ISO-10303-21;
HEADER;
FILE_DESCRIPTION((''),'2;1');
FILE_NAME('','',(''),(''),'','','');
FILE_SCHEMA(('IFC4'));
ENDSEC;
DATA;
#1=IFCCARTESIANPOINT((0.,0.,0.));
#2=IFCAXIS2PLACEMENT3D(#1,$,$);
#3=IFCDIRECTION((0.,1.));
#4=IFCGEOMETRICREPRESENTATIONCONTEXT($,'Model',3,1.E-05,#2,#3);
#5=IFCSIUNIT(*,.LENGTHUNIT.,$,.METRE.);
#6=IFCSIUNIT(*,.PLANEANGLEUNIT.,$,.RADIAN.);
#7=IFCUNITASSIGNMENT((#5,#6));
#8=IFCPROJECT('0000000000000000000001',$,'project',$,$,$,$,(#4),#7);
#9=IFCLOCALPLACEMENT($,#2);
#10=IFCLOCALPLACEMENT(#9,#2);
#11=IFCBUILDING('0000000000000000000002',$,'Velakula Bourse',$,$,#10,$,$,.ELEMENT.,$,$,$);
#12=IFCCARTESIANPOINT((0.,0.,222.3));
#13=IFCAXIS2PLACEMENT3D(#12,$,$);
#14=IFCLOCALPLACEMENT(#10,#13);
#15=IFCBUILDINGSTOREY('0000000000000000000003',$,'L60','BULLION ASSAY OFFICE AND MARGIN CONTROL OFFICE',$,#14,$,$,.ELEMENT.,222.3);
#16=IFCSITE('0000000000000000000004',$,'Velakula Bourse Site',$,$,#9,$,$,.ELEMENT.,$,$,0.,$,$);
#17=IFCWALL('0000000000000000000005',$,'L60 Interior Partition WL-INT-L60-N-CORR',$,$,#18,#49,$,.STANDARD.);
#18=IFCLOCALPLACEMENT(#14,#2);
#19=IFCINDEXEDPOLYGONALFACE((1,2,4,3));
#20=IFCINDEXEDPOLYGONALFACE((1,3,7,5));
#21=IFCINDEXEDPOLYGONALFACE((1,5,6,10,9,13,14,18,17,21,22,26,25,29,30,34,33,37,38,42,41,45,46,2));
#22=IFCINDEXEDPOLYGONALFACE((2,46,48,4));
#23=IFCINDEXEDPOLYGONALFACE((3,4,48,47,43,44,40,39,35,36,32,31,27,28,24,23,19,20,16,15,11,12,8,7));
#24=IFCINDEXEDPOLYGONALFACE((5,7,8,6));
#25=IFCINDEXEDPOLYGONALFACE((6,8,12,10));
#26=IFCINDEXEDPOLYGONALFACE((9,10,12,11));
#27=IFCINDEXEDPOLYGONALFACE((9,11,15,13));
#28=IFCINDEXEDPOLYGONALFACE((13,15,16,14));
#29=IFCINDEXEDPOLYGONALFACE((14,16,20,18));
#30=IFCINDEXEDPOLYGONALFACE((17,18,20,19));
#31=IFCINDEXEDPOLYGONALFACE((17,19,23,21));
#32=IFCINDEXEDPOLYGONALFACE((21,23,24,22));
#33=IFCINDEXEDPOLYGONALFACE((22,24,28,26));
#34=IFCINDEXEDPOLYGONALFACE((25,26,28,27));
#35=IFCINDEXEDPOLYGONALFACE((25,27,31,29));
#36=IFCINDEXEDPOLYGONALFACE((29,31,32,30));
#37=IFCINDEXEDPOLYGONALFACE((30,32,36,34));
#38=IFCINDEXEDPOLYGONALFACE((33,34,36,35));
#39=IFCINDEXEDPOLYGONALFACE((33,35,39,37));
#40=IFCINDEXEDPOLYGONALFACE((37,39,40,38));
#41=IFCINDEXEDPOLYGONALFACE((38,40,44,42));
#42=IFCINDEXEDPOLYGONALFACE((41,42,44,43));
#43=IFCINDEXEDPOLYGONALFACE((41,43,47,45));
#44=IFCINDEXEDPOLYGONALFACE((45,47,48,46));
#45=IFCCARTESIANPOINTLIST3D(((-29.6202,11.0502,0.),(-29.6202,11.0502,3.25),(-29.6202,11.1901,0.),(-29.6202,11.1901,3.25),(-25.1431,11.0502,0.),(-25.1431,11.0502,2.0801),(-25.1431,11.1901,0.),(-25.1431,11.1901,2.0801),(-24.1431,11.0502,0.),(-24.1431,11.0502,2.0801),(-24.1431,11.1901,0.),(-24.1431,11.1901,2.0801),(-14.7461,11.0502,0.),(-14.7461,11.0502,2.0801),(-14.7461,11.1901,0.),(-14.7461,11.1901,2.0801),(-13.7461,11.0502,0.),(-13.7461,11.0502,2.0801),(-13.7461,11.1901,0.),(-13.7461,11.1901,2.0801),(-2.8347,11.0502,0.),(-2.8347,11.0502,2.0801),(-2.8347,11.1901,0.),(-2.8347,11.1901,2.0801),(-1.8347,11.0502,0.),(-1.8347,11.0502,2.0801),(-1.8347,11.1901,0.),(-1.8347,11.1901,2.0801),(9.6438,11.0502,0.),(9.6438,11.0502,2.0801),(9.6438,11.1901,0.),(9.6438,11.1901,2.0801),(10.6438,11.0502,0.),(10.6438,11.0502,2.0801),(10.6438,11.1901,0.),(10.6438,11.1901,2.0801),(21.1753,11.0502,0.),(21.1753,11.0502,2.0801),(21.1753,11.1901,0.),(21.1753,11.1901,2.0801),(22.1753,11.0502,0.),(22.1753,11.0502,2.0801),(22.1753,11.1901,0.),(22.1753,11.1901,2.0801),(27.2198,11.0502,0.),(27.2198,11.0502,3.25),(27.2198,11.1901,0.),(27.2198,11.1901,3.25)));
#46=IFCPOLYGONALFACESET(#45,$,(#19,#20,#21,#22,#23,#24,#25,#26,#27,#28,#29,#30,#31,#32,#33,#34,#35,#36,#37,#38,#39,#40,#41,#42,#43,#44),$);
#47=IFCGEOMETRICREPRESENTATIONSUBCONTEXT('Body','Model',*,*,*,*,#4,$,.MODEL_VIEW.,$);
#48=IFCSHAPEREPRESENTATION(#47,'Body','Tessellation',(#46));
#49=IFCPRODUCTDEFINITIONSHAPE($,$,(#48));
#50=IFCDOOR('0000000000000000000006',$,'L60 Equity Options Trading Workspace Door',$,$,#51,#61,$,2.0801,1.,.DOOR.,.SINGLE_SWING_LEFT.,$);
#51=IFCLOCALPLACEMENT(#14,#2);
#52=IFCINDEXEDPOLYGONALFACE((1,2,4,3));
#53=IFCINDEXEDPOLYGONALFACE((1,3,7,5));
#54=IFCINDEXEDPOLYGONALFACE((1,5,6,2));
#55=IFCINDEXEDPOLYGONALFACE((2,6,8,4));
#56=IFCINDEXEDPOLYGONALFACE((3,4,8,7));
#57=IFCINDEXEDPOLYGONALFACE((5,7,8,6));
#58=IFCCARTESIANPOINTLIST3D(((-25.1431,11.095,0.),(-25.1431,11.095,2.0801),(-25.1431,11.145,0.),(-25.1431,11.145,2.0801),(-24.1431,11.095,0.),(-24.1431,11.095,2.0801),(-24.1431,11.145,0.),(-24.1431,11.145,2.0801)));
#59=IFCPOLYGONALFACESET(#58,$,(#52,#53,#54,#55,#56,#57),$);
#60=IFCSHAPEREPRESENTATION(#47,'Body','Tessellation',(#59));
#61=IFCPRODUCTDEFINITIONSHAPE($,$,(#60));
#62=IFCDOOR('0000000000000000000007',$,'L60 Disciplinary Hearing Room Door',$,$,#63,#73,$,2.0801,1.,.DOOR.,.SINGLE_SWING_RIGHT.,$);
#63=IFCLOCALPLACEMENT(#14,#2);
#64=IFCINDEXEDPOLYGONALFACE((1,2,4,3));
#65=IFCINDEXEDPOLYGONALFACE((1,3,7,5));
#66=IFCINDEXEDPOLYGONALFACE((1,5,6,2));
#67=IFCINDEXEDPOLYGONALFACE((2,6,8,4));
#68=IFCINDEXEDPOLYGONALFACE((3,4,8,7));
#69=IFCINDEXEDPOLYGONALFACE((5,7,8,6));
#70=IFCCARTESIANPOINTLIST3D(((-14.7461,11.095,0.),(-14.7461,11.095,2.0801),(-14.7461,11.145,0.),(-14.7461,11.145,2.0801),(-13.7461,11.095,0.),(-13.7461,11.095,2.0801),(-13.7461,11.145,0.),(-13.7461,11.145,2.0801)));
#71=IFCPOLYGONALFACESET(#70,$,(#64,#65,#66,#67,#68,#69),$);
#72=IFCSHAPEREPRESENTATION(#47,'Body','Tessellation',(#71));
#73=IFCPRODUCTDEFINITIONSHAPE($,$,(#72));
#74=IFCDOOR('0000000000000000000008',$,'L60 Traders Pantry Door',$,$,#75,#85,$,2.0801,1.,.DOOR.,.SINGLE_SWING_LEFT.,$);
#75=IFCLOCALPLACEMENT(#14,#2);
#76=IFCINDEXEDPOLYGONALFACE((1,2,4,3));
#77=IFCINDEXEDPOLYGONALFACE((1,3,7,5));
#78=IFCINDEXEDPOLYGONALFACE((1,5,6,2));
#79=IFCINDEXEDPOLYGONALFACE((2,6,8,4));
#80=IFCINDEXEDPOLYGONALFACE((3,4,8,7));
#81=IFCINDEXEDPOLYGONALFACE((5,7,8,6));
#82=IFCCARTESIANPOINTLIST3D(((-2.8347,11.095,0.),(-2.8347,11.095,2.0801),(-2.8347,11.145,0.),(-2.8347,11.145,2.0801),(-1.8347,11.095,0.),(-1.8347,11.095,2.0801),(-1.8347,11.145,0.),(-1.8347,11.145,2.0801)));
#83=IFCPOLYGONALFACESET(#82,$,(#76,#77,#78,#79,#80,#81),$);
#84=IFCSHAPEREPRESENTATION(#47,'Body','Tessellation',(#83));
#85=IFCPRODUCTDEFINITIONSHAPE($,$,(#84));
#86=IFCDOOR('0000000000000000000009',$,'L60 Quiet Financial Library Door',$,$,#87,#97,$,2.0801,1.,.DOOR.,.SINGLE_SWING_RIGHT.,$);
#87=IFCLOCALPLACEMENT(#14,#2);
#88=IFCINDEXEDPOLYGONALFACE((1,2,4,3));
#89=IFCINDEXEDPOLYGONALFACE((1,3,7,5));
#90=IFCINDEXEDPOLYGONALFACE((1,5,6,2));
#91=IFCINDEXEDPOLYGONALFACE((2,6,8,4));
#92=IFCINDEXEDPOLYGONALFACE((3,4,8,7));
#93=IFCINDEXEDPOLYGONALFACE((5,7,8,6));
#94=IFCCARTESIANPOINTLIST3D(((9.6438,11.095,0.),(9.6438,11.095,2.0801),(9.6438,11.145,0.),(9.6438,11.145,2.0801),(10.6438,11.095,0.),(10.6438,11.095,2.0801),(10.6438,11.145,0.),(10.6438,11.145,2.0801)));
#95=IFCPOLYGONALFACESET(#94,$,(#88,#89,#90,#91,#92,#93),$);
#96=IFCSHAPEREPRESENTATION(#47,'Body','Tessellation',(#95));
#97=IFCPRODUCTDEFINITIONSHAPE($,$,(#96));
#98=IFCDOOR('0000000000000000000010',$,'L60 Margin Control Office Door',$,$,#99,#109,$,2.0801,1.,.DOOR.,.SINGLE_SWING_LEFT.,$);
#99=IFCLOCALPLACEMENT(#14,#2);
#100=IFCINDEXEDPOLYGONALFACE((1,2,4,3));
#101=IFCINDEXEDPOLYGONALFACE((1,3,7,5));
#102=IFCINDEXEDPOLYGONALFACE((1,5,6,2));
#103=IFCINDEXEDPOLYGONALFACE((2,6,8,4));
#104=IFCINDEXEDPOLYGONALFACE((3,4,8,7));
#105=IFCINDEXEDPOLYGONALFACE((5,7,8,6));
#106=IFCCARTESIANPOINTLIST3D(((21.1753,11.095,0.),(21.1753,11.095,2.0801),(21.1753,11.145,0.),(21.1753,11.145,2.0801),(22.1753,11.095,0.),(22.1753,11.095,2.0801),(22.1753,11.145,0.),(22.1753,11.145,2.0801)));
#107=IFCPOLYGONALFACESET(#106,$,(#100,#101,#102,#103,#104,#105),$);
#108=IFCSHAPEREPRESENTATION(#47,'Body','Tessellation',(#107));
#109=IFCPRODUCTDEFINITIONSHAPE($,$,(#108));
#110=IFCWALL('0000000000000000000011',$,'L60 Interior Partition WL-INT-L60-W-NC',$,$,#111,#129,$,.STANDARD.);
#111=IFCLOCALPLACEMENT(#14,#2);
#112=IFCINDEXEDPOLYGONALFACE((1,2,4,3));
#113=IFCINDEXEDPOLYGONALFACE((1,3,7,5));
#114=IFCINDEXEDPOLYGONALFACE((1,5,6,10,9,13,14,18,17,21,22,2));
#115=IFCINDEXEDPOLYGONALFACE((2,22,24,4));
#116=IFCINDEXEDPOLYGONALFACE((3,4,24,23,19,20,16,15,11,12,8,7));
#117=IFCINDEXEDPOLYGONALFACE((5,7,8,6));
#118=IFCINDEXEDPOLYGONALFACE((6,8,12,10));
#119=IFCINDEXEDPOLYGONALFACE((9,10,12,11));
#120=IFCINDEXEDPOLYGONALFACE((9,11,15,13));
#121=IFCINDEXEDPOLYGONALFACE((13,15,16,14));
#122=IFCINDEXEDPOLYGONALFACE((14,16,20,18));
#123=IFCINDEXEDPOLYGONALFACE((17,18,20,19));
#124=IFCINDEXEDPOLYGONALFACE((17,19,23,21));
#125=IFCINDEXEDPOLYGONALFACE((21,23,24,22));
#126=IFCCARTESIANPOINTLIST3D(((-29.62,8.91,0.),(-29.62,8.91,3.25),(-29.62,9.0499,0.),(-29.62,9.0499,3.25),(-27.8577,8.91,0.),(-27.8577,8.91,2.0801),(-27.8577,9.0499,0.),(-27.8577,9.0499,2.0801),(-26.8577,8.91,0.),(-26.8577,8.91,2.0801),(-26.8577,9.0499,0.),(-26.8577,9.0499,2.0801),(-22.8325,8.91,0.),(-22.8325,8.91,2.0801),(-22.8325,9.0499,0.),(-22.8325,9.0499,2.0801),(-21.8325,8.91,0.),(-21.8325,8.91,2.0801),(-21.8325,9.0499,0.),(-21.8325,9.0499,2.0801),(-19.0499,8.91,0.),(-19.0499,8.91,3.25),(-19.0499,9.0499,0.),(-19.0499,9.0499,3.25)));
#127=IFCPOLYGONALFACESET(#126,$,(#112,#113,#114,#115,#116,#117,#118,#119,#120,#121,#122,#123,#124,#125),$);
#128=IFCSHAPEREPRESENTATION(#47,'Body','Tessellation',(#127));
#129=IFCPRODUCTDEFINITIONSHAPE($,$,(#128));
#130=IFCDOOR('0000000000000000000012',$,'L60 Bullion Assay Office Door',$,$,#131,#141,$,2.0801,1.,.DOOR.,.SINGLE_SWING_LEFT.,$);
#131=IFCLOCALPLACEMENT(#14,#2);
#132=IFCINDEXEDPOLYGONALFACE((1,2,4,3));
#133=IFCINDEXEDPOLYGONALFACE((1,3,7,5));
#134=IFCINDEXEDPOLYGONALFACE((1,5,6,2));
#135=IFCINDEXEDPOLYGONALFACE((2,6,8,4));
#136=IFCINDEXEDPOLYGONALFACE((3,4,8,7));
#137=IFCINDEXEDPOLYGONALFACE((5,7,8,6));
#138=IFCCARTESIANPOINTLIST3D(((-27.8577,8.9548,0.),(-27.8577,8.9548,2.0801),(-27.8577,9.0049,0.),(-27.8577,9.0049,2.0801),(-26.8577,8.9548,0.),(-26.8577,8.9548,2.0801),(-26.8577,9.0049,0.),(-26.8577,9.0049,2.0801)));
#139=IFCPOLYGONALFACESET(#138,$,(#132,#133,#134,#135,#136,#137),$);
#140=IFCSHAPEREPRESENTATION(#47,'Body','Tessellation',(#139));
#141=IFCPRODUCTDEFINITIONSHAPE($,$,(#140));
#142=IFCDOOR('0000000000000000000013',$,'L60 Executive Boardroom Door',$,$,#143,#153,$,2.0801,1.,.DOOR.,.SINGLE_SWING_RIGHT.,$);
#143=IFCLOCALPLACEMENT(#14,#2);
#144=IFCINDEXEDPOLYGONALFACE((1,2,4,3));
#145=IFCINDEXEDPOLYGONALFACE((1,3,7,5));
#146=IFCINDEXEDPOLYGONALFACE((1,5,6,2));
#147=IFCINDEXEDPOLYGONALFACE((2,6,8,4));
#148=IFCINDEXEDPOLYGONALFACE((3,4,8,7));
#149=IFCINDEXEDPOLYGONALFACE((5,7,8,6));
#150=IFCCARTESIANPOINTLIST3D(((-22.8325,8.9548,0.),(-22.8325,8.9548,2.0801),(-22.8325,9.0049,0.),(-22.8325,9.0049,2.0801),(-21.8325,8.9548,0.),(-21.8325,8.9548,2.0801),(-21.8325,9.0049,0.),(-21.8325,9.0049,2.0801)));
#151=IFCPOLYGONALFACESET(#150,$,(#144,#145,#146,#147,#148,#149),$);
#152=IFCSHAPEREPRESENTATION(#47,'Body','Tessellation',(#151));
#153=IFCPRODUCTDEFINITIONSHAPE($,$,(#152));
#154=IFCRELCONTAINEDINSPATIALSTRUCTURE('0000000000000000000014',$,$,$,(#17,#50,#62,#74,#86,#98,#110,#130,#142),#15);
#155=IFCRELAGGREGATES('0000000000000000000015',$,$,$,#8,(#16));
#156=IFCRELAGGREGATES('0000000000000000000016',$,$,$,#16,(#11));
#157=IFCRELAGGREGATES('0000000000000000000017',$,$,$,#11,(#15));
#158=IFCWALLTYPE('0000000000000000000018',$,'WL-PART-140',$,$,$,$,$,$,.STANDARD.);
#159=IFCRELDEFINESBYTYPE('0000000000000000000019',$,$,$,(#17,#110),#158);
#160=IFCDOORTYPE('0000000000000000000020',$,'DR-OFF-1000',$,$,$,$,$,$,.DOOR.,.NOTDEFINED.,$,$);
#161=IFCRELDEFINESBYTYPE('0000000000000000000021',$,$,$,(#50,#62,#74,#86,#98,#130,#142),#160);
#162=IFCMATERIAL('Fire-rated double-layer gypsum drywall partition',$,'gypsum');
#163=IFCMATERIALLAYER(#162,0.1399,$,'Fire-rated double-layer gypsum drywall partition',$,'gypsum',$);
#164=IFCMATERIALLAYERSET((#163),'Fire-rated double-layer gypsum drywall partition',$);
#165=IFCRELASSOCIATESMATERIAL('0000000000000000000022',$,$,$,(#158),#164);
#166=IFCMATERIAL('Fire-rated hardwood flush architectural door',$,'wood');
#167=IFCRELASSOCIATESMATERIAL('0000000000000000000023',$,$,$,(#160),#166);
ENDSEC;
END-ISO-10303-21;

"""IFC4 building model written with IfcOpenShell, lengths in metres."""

from ifc_helpers import new_model, si_unit, direction, frame, frame_2d, origin, place, context, subcontext, project, spatial, rectangle, extrude, material, layer, layer_set, type_object, element, fill, save


model = new_model("IFC4")

# Units and contexts
model_context = context("Model", 3, precision=1e-05, world=origin(), true_north=direction((0.0, 1.0)))
body_context = subcontext(model_context, "Body", "Model", "MODEL_VIEW")
ifc_project = project(units=[si_unit("LENGTHUNIT", "METRE"), si_unit("PLANEANGLEUNIT", "RADIAN")], contexts=[model_context])

# Site, building, storey
site_placement = place(None, origin())
site = spatial("IfcSite", under=ifc_project, at=site_placement, Name="Velakula Bourse Site", CompositionType="ELEMENT", RefElevation=0.0)
building_placement = place(site_placement, origin())
building = spatial("IfcBuilding", under=site, at=building_placement, Name="Velakula Bourse", CompositionType="ELEMENT")
storey_placement = place(building_placement, frame((0.0, 0.0, 222.3)))
storey = spatial("IfcBuildingStorey", under=building, at=storey_placement, Name="L60", Description="BULLION ASSAY OFFICE AND MARGIN CONTROL OFFICE", CompositionType="ELEMENT", Elevation=222.3)

# Shared definitions
ifc_material_1 = material(Name="Fire-rated hardwood flush architectural door", Category="wood")

# Shared definitions
ifc_material_2 = material(Name="Fire-rated double-layer gypsum drywall partition", Category="gypsum")

# Walls, openings, doors
ifc_layer_1 = layer(ifc_material_2, 0.1399, Name="Fire-rated double-layer gypsum drywall partition", Category="gypsum")
ifc_layer_set_1 = layer_set([ifc_layer_1], Name="Fire-rated double-layer gypsum drywall partition")
wall_type_1 = type_object("IfcWallType", Name="WL-PART-140", PredefinedType="STANDARD", material=ifc_layer_set_1)
wall_1_placement = place(storey_placement, frame((-29.6201, 11.1201, 0.0), z_axis=(0.0, 0.0, 1.0), x_axis=(1.0, 0.0, 0.0)))
wall_1 = element("IfcWall", 1, at=wall_1_placement, inside=storey, type_object=wall_type_1, Name="L60 Interior Partition WL-INT-L60-N-CORR", PredefinedType="STANDARD", context=body_context, shape_type="SweptSolid", body=[
    extrude(rectangle(XDim=56.8401, YDim=0.1399, at=frame_2d((28.4199, 0.0))), origin(), (0.0, 0.0, 1.0), 3.25),
])
opening_1_placement = place(wall_1_placement, frame((4.4771, 0.0, 0.0)))
opening_1 = element("IfcOpeningElement", 2, at=opening_1_placement, cuts=wall_1, PredefinedType="OPENING", context=body_context, shape_type="SweptSolid", body=[
    extrude(rectangle(XDim=1.0, YDim=2.0801, at=frame_2d((0.5, 1.04))), frame((0.0, 0.0798, 0.0), z_axis=(0.0, -1.0, 0.0), x_axis=(1.0, 0.0, 0.0)), (0.0, 0.0, 1.0), 0.1599),
])
opening_2_placement = place(wall_1_placement, frame((14.874, 0.0, 0.0)))
opening_2 = element("IfcOpeningElement", 3, at=opening_2_placement, cuts=wall_1, PredefinedType="OPENING", context=body_context, shape_type="SweptSolid", body=[
    extrude(rectangle(XDim=1.0, YDim=2.0801, at=frame_2d((0.5, 1.04))), frame((0.0, 0.0798, 0.0), z_axis=(0.0, -1.0, 0.0), x_axis=(1.0, 0.0, 0.0)), (0.0, 0.0, 1.0), 0.1599),
])
opening_3_placement = place(wall_1_placement, frame((26.7854, 0.0, 0.0)))
opening_3 = element("IfcOpeningElement", 4, at=opening_3_placement, cuts=wall_1, PredefinedType="OPENING", context=body_context, shape_type="SweptSolid", body=[
    extrude(rectangle(XDim=1.0, YDim=2.0801, at=frame_2d((0.5, 1.04))), frame((0.0, 0.0798, 0.0), z_axis=(0.0, -1.0, 0.0), x_axis=(1.0, 0.0, 0.0)), (0.0, 0.0, 1.0), 0.1599),
])
opening_4_placement = place(wall_1_placement, frame((39.2639, 0.0, 0.0)))
opening_4 = element("IfcOpeningElement", 5, at=opening_4_placement, cuts=wall_1, PredefinedType="OPENING", context=body_context, shape_type="SweptSolid", body=[
    extrude(rectangle(XDim=1.0, YDim=2.0801, at=frame_2d((0.5, 1.04))), frame((0.0, 0.0798, 0.0), z_axis=(0.0, -1.0, 0.0), x_axis=(1.0, 0.0, 0.0)), (0.0, 0.0, 1.0), 0.1599),
])
opening_5_placement = place(wall_1_placement, frame((50.7954, 0.0, 0.0)))
opening_5 = element("IfcOpeningElement", 6, at=opening_5_placement, cuts=wall_1, PredefinedType="OPENING", context=body_context, shape_type="SweptSolid", body=[
    extrude(rectangle(XDim=1.0, YDim=2.0801, at=frame_2d((0.5, 1.04))), frame((0.0, 0.0798, 0.0), z_axis=(0.0, -1.0, 0.0), x_axis=(1.0, 0.0, 0.0)), (0.0, 0.0, 1.0), 0.1599),
])
door_type_1 = type_object("IfcDoorType", Name="DR-OFF-1000", OperationType="NOTDEFINED", PredefinedType="DOOR", material=ifc_material_1)
door_1_placement = place(opening_1_placement, origin())
door_1 = element("IfcDoor", 7, at=door_1_placement, inside=storey, type_object=door_type_1, Name="L60 Equity Options Trading Workspace Door", OperationType="SINGLE_SWING_LEFT", OverallHeight=2.0801, OverallWidth=1.0, PredefinedType="DOOR", context=body_context, shape_type="SweptSolid", body=[
    extrude(rectangle(XDim=1.0, YDim=2.0801, at=frame_2d((0.5, 1.04))), frame((0.0, 0.0249, 0.0), z_axis=(0.0, -1.0, 0.0), x_axis=(1.0, 0.0, 0.0)), (0.0, 0.0, 1.0), 0.05),
])
fill(opening_1, door_1)
door_2_placement = place(opening_2_placement, origin())
door_2 = element("IfcDoor", 8, at=door_2_placement, inside=storey, type_object=door_type_1, Name="L60 Disciplinary Hearing Room Door", OperationType="SINGLE_SWING_RIGHT", OverallHeight=2.0801, OverallWidth=1.0, PredefinedType="DOOR", context=body_context, shape_type="SweptSolid", body=[
    extrude(rectangle(XDim=1.0, YDim=2.0801, at=frame_2d((0.5, 1.04))), frame((0.0, 0.0249, 0.0), z_axis=(0.0, -1.0, 0.0), x_axis=(1.0, 0.0, 0.0)), (0.0, 0.0, 1.0), 0.05),
])
fill(opening_2, door_2)
door_3_placement = place(opening_3_placement, origin())
door_3 = element("IfcDoor", 9, at=door_3_placement, inside=storey, type_object=door_type_1, Name="L60 Traders Pantry Door", OperationType="SINGLE_SWING_LEFT", OverallHeight=2.0801, OverallWidth=1.0, PredefinedType="DOOR", context=body_context, shape_type="SweptSolid", body=[
    extrude(rectangle(XDim=1.0, YDim=2.0801, at=frame_2d((0.5, 1.04))), frame((0.0, 0.0249, 0.0), z_axis=(0.0, -1.0, 0.0), x_axis=(1.0, 0.0, 0.0)), (0.0, 0.0, 1.0), 0.05),
])
fill(opening_3, door_3)
door_4_placement = place(opening_4_placement, origin())
door_4 = element("IfcDoor", 10, at=door_4_placement, inside=storey, type_object=door_type_1, Name="L60 Quiet Financial Library Door", OperationType="SINGLE_SWING_RIGHT", OverallHeight=2.0801, OverallWidth=1.0, PredefinedType="DOOR", context=body_context, shape_type="SweptSolid", body=[
    extrude(rectangle(XDim=1.0, YDim=2.0801, at=frame_2d((0.5, 1.04))), frame((0.0, 0.0249, 0.0), z_axis=(0.0, -1.0, 0.0), x_axis=(1.0, 0.0, 0.0)), (0.0, 0.0, 1.0), 0.05),
])
fill(opening_4, door_4)
door_5_placement = place(opening_5_placement, origin())
door_5 = element("IfcDoor", 11, at=door_5_placement, inside=storey, type_object=door_type_1, Name="L60 Margin Control Office Door", OperationType="SINGLE_SWING_LEFT", OverallHeight=2.0801, OverallWidth=1.0, PredefinedType="DOOR", context=body_context, shape_type="SweptSolid", body=[
    extrude(rectangle(XDim=1.0, YDim=2.0801, at=frame_2d((0.5, 1.04))), frame((0.0, 0.0249, 0.0), z_axis=(0.0, -1.0, 0.0), x_axis=(1.0, 0.0, 0.0)), (0.0, 0.0, 1.0), 0.05),
])
fill(opening_5, door_5)
wall_2_placement = place(storey_placement, frame((-29.6201, 8.98, 0.0), z_axis=(0.0, 0.0, 1.0), x_axis=(1.0, 0.0, 0.0)))
wall_2 = element("IfcWall", 12, at=wall_2_placement, inside=storey, type_object=wall_type_1, Name="L60 Interior Partition WL-INT-L60-W-NC", PredefinedType="STANDARD", context=body_context, shape_type="SweptSolid", body=[
    extrude(rectangle(XDim=10.5701, YDim=0.1399, at=frame_2d((5.2852, 0.0))), origin(), (0.0, 0.0, 1.0), 3.25),
])
opening_6_placement = place(wall_2_placement, frame((1.7625, 0.0, 0.0)))
opening_6 = element("IfcOpeningElement", 13, at=opening_6_placement, cuts=wall_2, PredefinedType="OPENING", context=body_context, shape_type="SweptSolid", body=[
    extrude(rectangle(XDim=1.0, YDim=2.0801, at=frame_2d((0.5, 1.04))), frame((0.0, 0.0798, 0.0), z_axis=(0.0, -1.0, 0.0), x_axis=(1.0, 0.0, 0.0)), (0.0, 0.0, 1.0), 0.1599),
])
opening_7_placement = place(wall_2_placement, frame((6.7876, 0.0, 0.0)))
opening_7 = element("IfcOpeningElement", 14, at=opening_7_placement, cuts=wall_2, PredefinedType="OPENING", context=body_context, shape_type="SweptSolid", body=[
    extrude(rectangle(XDim=1.0, YDim=2.0801, at=frame_2d((0.5, 1.04))), frame((0.0, 0.0798, 0.0), z_axis=(0.0, -1.0, 0.0), x_axis=(1.0, 0.0, 0.0)), (0.0, 0.0, 1.0), 0.1599),
])
door_6_placement = place(opening_6_placement, origin())
door_6 = element("IfcDoor", 15, at=door_6_placement, inside=storey, type_object=door_type_1, Name="L60 Bullion Assay Office Door", OperationType="SINGLE_SWING_LEFT", OverallHeight=2.0801, OverallWidth=1.0, PredefinedType="DOOR", context=body_context, shape_type="SweptSolid", body=[
    extrude(rectangle(XDim=1.0, YDim=2.0801, at=frame_2d((0.5, 1.04))), frame((0.0, 0.0249, 0.0), z_axis=(0.0, -1.0, 0.0), x_axis=(1.0, 0.0, 0.0)), (0.0, 0.0, 1.0), 0.05),
])
fill(opening_6, door_6)
door_7_placement = place(opening_7_placement, origin())
door_7 = element("IfcDoor", 16, at=door_7_placement, inside=storey, type_object=door_type_1, Name="L60 Executive Boardroom Door", OperationType="SINGLE_SWING_RIGHT", OverallHeight=2.0801, OverallWidth=1.0, PredefinedType="DOOR", context=body_context, shape_type="SweptSolid", body=[
    extrude(rectangle(XDim=1.0, YDim=2.0801, at=frame_2d((0.5, 1.04))), frame((0.0, 0.0249, 0.0), z_axis=(0.0, -1.0, 0.0), x_axis=(1.0, 0.0, 0.0)), (0.0, 0.0, 1.0), 0.05),
])
fill(opening_7, door_7)

save(model, "model.ifc")
